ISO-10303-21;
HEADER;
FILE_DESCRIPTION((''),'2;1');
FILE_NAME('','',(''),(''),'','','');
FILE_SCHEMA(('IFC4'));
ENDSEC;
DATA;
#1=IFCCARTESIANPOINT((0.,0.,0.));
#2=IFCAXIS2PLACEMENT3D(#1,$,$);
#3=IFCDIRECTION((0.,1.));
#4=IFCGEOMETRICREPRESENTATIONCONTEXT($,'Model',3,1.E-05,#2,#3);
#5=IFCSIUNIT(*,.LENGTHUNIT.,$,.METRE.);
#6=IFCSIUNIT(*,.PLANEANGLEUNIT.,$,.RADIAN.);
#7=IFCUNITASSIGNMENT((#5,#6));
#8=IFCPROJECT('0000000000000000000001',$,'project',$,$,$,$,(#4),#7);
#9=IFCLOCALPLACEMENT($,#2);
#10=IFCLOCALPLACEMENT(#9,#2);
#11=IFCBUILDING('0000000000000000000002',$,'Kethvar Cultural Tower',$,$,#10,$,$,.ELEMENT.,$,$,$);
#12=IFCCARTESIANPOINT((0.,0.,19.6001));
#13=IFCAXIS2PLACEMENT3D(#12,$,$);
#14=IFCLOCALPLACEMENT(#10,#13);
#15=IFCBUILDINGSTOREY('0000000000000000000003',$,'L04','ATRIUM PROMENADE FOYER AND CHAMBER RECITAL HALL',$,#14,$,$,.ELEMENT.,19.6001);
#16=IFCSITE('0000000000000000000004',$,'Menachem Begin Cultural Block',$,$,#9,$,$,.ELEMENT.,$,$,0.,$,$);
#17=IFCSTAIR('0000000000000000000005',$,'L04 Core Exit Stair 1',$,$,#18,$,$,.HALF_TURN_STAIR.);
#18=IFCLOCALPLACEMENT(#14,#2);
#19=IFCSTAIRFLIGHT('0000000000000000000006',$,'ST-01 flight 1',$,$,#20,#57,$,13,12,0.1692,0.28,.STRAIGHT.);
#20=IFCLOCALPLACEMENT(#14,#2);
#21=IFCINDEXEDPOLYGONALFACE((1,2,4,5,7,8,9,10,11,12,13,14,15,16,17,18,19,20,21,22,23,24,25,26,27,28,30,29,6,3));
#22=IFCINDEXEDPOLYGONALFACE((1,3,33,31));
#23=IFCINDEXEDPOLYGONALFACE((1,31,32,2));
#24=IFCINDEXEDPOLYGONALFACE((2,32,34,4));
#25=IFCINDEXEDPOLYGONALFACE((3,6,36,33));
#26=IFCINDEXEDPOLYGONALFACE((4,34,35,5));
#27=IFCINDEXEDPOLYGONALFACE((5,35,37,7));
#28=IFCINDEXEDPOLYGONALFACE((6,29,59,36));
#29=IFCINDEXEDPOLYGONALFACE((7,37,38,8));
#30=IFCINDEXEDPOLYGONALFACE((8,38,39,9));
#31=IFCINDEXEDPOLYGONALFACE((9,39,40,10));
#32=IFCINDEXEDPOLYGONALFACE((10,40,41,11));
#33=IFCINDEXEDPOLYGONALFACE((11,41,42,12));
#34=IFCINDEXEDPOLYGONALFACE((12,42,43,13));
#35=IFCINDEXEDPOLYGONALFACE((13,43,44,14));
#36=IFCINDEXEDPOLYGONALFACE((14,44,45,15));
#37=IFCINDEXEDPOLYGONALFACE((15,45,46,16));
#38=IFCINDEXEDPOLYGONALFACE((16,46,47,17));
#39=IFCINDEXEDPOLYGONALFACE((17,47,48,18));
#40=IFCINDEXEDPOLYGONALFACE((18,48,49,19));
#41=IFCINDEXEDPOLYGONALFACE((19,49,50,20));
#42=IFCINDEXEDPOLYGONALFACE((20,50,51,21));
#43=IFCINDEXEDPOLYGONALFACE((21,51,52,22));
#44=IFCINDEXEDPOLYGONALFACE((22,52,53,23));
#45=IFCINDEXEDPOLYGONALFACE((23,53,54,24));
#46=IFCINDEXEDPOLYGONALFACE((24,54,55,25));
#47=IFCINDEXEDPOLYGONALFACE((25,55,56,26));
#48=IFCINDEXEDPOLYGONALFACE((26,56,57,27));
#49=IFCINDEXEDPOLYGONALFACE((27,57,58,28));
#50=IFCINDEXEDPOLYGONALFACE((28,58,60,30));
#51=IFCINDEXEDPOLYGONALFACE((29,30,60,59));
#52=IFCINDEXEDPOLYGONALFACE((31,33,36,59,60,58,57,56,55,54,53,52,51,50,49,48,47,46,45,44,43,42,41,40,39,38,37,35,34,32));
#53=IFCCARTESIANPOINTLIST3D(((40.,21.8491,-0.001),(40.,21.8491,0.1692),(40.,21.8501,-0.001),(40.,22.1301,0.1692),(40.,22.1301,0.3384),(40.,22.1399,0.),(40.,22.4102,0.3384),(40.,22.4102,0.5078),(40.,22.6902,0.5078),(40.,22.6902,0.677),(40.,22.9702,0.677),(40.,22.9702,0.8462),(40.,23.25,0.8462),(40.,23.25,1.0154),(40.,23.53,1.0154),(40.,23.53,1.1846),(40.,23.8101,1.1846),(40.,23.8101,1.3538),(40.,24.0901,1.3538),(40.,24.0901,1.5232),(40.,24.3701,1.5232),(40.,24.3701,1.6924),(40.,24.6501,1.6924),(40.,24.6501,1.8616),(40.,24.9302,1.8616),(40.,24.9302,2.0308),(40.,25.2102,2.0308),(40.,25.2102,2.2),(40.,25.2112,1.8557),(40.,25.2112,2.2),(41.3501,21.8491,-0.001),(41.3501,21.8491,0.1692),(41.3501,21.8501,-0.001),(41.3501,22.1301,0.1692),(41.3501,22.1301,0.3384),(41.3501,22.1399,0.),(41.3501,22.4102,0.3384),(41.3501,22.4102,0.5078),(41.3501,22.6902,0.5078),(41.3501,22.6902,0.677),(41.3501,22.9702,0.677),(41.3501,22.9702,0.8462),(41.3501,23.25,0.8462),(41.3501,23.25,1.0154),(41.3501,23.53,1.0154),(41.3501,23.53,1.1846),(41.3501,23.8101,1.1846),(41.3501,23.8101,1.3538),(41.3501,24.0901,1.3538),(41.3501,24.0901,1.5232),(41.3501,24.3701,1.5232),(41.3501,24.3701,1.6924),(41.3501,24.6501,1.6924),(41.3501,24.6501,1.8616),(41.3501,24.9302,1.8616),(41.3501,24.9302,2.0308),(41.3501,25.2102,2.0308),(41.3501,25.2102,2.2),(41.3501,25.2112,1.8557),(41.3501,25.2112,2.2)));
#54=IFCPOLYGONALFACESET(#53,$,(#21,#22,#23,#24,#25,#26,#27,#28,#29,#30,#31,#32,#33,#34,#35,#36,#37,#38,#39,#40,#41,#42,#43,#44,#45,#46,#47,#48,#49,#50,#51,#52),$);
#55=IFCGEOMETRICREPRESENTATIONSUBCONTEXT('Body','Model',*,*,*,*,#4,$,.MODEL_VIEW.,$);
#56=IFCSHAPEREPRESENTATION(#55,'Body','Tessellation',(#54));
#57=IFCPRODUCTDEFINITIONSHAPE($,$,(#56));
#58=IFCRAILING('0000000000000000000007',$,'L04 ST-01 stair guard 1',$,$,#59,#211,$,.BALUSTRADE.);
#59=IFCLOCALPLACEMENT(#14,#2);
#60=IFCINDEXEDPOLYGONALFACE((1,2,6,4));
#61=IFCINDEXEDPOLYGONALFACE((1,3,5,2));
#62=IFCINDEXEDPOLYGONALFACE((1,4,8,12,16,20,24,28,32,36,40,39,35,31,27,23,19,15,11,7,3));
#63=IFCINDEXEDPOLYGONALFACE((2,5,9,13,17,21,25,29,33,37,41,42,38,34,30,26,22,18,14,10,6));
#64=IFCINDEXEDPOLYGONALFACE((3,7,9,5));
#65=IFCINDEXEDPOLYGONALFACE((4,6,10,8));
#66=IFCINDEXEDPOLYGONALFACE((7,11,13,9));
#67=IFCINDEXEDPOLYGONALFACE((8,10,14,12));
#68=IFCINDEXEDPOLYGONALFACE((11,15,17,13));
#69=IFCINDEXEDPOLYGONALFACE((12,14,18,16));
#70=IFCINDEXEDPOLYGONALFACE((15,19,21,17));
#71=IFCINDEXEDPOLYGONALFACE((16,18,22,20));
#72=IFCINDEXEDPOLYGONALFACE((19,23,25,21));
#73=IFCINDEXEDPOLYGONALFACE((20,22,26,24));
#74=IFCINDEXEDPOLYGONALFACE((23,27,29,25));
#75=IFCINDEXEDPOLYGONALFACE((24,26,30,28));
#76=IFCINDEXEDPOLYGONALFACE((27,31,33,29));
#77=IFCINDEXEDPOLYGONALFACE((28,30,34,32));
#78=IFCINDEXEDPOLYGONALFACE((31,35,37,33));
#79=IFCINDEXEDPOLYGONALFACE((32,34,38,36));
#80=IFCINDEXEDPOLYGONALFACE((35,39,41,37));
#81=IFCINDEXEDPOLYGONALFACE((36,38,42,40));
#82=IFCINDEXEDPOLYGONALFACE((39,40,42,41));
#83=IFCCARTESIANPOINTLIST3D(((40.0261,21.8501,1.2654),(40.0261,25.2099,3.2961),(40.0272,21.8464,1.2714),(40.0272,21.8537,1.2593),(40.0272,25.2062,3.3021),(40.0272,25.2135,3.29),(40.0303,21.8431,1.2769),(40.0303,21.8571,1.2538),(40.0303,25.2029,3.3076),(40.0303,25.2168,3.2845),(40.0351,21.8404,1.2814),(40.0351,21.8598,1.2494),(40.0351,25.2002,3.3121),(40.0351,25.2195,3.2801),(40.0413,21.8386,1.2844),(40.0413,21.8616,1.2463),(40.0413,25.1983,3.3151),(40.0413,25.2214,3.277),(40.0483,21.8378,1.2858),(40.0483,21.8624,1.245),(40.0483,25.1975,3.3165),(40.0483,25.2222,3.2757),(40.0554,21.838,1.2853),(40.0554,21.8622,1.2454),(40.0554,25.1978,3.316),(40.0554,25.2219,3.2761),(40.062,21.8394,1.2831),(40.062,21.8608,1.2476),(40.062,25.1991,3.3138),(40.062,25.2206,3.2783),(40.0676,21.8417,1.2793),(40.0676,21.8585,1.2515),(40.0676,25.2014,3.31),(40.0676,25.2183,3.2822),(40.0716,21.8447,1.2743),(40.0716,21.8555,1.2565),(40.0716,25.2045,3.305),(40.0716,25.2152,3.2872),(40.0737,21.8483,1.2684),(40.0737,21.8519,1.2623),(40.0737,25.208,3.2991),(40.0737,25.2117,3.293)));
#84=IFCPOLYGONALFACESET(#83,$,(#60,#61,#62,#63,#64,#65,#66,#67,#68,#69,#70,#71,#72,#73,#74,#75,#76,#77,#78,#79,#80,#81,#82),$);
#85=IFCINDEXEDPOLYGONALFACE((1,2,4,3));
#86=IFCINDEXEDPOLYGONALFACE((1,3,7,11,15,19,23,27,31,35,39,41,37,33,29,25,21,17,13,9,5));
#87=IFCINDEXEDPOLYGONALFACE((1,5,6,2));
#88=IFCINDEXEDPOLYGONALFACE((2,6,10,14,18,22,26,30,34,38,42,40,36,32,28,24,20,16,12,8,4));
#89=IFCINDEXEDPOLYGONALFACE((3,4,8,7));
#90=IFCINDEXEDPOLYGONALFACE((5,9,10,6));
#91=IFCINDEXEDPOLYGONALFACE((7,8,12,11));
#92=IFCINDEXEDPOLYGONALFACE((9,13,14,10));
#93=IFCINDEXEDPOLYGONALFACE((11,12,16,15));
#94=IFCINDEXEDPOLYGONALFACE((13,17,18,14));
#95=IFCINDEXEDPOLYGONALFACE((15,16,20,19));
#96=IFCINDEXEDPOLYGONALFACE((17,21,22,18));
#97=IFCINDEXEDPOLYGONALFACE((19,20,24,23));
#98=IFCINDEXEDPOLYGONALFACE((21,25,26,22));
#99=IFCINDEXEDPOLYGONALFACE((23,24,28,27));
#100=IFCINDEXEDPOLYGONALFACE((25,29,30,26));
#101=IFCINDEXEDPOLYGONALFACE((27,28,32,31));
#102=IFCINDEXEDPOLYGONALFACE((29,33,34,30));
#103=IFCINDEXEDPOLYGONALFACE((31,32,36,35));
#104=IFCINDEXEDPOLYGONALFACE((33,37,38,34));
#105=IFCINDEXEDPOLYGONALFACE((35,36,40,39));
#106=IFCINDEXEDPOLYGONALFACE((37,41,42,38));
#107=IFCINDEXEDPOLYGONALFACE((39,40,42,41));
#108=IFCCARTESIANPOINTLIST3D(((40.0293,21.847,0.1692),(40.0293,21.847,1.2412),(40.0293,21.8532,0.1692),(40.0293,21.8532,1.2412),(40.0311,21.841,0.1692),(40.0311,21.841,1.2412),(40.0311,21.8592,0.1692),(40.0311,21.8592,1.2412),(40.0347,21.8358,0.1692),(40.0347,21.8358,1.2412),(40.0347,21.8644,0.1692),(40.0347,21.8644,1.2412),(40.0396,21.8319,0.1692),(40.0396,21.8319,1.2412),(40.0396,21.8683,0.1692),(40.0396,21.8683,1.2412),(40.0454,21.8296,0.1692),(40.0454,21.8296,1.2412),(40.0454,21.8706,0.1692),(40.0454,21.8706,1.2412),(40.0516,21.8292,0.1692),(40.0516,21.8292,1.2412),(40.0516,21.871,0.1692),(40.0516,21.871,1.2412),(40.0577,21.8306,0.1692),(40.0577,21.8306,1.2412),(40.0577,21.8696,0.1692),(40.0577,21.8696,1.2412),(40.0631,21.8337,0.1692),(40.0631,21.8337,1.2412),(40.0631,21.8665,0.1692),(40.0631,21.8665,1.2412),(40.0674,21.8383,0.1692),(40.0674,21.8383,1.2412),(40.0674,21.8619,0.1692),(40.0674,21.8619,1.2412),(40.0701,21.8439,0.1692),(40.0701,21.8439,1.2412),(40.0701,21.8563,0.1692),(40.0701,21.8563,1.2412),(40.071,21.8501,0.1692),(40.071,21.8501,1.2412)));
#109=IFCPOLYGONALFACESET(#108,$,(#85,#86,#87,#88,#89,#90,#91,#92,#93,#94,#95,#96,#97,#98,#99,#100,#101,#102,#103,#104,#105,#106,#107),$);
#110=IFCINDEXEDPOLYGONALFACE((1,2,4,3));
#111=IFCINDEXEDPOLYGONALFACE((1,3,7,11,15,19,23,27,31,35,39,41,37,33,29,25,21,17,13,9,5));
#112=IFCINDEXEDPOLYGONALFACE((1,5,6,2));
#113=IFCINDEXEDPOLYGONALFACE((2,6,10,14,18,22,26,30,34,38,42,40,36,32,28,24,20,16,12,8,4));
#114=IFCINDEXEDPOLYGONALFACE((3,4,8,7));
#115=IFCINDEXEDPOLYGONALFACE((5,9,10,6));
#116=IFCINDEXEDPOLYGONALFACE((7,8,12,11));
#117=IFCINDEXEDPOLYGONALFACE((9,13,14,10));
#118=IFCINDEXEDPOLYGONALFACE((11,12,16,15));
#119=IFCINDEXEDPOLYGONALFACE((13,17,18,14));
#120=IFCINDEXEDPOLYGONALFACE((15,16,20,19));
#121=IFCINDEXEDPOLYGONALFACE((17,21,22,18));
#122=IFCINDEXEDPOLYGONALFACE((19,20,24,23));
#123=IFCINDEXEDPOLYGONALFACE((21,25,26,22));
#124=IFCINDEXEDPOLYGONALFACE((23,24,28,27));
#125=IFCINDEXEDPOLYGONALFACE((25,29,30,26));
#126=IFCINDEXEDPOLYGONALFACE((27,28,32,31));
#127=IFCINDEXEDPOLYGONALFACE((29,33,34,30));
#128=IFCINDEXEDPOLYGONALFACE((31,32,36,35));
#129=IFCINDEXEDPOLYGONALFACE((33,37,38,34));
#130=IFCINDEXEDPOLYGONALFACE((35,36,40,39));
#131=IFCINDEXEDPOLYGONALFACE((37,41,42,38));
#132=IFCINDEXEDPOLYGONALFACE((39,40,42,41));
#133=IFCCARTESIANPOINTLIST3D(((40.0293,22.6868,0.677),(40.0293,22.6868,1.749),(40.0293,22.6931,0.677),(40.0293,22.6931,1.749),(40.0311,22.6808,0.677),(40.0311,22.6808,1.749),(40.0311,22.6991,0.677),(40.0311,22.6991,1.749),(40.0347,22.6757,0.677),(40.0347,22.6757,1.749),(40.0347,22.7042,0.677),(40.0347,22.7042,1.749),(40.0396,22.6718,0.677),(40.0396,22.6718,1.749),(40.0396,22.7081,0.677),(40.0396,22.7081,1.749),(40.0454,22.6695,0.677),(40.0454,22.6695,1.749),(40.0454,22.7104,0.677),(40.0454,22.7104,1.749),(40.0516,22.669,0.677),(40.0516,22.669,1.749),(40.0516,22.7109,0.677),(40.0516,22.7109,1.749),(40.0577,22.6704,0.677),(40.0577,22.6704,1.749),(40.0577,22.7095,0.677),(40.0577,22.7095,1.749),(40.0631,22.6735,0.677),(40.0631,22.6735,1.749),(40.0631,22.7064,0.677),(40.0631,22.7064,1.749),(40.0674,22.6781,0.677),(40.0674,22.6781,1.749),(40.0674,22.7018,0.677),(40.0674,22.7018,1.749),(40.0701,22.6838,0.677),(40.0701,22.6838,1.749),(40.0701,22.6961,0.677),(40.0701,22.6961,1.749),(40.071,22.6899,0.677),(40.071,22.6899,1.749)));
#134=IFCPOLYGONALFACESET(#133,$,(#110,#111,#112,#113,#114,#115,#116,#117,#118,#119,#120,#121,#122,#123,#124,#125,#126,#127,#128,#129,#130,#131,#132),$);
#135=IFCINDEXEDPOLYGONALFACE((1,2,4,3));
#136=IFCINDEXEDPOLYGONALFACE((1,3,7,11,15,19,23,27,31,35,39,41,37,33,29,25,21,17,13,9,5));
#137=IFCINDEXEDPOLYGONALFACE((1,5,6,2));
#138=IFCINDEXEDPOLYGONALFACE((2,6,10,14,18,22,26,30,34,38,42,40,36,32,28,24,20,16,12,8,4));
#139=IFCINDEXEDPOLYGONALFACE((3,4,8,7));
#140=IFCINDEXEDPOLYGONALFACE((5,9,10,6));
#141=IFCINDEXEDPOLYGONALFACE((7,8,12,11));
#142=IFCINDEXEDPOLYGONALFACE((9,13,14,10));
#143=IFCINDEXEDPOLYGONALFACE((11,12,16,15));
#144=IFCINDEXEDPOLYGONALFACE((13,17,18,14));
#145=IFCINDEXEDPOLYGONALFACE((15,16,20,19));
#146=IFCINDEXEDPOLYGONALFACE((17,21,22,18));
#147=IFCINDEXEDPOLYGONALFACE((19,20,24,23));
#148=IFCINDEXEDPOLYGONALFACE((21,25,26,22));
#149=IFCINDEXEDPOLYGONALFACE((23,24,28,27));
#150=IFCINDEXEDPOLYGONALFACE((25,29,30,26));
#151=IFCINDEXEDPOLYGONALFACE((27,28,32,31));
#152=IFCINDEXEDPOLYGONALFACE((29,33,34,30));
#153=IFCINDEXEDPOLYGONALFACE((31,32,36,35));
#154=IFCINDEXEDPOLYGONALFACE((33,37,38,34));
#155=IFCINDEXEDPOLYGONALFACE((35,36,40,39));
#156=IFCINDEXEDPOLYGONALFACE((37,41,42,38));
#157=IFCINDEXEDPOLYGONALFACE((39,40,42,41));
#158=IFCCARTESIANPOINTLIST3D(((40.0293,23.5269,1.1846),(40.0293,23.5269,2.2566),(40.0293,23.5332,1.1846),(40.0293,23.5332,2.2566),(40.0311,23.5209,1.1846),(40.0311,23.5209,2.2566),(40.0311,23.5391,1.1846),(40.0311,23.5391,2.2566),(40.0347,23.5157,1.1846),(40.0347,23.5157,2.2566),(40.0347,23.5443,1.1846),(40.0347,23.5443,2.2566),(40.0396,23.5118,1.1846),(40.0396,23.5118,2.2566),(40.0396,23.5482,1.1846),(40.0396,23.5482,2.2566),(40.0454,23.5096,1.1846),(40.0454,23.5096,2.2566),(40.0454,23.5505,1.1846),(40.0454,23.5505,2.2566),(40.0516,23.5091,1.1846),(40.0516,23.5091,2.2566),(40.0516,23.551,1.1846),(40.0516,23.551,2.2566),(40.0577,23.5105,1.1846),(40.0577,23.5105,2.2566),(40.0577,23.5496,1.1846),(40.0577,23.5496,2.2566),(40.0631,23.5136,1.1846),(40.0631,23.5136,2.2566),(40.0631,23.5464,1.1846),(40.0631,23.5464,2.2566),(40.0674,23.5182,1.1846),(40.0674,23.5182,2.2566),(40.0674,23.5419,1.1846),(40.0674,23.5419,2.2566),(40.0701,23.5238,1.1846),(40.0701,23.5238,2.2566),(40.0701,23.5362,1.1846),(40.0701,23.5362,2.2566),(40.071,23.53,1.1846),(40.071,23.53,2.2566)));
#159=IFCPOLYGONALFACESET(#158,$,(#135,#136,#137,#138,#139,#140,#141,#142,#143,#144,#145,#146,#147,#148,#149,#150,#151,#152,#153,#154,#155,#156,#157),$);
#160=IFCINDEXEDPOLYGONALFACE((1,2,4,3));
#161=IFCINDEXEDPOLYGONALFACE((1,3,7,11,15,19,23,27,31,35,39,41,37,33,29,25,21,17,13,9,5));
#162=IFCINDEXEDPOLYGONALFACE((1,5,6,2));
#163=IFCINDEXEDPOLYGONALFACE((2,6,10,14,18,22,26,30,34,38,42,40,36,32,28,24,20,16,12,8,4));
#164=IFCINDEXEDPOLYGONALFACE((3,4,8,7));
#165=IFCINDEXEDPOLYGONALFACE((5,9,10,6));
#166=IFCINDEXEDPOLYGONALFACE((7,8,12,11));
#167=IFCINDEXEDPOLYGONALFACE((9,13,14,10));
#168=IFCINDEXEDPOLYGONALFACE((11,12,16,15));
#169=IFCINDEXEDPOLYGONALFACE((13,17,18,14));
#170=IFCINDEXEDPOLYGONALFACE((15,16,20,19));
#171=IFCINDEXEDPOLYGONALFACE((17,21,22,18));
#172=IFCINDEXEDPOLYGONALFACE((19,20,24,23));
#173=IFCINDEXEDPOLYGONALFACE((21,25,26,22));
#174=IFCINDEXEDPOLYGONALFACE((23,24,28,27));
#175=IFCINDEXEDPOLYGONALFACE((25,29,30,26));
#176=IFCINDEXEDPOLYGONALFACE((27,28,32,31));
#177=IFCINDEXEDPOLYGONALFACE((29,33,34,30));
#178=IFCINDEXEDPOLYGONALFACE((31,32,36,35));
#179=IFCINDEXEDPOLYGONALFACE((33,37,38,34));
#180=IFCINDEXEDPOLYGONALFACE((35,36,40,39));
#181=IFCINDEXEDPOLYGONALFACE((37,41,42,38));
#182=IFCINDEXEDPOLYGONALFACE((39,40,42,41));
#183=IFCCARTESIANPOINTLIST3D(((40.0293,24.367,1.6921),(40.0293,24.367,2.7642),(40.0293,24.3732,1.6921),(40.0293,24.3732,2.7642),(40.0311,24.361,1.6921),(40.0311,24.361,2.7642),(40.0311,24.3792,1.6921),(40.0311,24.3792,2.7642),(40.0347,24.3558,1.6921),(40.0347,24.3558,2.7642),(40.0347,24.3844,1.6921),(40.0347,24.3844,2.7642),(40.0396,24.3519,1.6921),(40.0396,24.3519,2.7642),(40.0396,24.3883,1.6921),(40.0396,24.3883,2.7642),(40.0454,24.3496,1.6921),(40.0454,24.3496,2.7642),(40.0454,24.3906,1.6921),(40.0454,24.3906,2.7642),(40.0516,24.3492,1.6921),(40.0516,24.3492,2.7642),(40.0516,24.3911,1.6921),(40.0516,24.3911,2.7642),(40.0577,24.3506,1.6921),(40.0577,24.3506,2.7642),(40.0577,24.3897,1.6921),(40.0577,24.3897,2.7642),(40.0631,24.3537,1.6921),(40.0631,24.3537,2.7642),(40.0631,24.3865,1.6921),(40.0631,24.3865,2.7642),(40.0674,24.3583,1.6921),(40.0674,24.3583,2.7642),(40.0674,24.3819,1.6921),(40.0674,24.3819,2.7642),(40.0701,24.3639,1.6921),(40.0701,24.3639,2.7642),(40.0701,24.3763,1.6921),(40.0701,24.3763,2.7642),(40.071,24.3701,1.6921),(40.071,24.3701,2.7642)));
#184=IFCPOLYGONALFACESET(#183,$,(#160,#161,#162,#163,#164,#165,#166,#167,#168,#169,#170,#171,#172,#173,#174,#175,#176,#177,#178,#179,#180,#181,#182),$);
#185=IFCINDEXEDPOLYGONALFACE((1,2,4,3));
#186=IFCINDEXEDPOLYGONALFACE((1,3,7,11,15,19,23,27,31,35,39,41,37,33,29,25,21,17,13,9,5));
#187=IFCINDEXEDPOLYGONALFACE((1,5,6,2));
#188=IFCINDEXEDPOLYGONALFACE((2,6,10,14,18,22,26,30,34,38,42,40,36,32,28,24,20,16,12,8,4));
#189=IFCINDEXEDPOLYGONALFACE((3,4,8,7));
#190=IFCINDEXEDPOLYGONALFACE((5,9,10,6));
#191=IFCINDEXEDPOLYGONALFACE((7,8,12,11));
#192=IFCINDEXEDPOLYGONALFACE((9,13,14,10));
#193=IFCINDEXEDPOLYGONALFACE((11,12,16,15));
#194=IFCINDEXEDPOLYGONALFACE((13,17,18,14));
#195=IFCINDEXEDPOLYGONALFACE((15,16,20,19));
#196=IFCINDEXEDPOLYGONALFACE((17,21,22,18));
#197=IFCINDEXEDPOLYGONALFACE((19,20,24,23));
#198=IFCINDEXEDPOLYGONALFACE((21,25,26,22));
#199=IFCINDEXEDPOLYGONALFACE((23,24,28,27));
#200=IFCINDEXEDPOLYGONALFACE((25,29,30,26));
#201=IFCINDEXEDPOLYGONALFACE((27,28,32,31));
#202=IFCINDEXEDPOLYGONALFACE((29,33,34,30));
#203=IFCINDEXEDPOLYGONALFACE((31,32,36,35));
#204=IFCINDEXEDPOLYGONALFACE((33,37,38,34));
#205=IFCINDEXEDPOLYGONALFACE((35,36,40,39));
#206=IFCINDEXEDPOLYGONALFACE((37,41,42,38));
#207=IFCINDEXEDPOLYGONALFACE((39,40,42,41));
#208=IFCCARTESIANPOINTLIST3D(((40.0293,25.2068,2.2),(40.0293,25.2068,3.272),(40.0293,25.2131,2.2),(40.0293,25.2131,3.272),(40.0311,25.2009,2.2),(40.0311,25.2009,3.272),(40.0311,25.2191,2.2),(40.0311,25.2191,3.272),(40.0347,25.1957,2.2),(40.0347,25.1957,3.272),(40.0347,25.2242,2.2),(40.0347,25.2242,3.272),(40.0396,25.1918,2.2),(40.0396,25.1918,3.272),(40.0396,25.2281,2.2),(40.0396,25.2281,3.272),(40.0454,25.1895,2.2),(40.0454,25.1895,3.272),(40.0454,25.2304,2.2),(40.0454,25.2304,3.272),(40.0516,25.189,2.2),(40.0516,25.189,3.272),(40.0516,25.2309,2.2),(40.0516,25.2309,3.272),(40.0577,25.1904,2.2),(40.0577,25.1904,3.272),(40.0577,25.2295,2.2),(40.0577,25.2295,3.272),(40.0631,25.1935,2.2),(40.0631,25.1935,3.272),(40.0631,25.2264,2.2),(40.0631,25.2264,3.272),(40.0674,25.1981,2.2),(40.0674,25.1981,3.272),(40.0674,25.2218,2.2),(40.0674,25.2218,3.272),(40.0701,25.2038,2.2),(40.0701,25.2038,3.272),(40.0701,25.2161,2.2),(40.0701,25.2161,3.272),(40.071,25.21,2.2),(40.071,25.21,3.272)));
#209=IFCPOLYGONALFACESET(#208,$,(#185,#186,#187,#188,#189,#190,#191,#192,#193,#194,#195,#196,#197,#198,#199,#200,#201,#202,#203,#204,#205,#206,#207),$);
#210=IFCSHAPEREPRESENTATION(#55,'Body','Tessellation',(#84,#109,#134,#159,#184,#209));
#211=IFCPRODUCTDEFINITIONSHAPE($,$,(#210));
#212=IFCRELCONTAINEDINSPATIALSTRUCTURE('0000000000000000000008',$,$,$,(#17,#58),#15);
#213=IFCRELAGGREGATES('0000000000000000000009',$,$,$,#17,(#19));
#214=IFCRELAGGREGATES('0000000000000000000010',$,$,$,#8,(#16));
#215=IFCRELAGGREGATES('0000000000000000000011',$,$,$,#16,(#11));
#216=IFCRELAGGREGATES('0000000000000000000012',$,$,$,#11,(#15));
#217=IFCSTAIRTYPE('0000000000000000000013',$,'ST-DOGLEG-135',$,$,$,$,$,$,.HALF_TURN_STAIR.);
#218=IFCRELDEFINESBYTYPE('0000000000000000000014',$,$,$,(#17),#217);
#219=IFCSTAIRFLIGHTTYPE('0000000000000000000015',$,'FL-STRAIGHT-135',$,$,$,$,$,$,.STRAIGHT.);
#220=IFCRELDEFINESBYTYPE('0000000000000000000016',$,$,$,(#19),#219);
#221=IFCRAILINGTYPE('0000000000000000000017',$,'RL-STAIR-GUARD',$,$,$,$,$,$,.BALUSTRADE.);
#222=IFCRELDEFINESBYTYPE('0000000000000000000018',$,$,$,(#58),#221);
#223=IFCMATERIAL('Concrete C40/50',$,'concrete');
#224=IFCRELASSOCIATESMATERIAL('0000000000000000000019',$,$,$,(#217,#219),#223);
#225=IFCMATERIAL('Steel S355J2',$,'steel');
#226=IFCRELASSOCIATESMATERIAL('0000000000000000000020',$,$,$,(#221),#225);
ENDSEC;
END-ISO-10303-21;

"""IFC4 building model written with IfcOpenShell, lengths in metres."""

from ifc_helpers import new_model, si_unit, direction, frame, origin, origin_2d, place, context, subcontext, project, spatial, polyline, circle, outline, extrude, material, type_object, element, aggregate, save


model = new_model("IFC4")

# Units and contexts
model_context = context("Model", 3, precision=1e-05, world=origin(), true_north=direction((0.0, 1.0)))
body_context = subcontext(model_context, "Body", "Model", "MODEL_VIEW")
ifc_project = project(units=[si_unit("LENGTHUNIT", "METRE"), si_unit("PLANEANGLEUNIT", "RADIAN")], contexts=[model_context])

# Site, building, storey
site_placement = place(None, origin())
site = spatial("IfcSite", under=ifc_project, at=site_placement, Name="Menachem Begin Cultural Block", CompositionType="ELEMENT", RefElevation=0.0)
building_placement = place(site_placement, origin())
building = spatial("IfcBuilding", under=site, at=building_placement, Name="Kethvar Cultural Tower", CompositionType="ELEMENT")
storey_placement = place(building_placement, frame((0.0, 0.0, 19.6001)))
storey = spatial("IfcBuildingStorey", under=building, at=storey_placement, Name="L04", Description="ATRIUM PROMENADE FOYER AND CHAMBER RECITAL HALL", CompositionType="ELEMENT", Elevation=19.6001)

# Shared definitions
ifc_material_1 = material(Name="Steel S355J2", Category="steel")

# Stair, stair flight
ifc_material_2 = material(Name="Concrete C40/50", Category="concrete")
stair_type = type_object("IfcStairType", Name="ST-DOGLEG-135", PredefinedType="HALF_TURN_STAIR", material=ifc_material_2)
stair_placement = place(storey_placement, origin())
stair = element("IfcStair", 1, at=stair_placement, inside=storey, type_object=stair_type, Name="L04 Core Exit Stair 1", PredefinedType="HALF_TURN_STAIR")
stair_flight_type = type_object("IfcStairFlightType", Name="FL-STRAIGHT-135", PredefinedType="STRAIGHT", material=ifc_material_2)
stair_flight_placement = place(storey_placement, frame((40.675, 21.8501, 0.0), z_axis=(0.0, 0.0, 1.0), x_axis=(0.0, 1.0, 0.0)))
stair_flight = element("IfcStairFlight", 2, at=stair_flight_placement, type_object=stair_flight_type, Name="ST-01 flight 1", NumberOfRisers=13, NumberOfTreads=12, PredefinedType="STRAIGHT", RiserHeight=0.1692, TreadLength=0.28, context=body_context, shape_type="SweptSolid", body=[
    extrude(outline(polyline([(-0.001, -0.001), (-0.001, 0.1692), (0.28, 0.1692), (0.28, 0.3384), (0.5601, 0.3384), (0.5601, 0.5078), (0.8401, 0.5078), (0.8401, 0.677), (1.1201, 0.677), (1.1201, 0.8462), (1.3999, 0.8462), (1.3999, 1.0154), (1.6799, 1.0154), (1.6799, 1.1846), (1.96, 1.1846), (1.96, 1.3538), (2.24, 1.3538), (2.24, 1.5232), (2.52, 1.5232), (2.52, 1.6924), (2.8, 1.6924), (2.8, 1.8616), (3.0801, 1.8616), (3.0801, 2.0308), (3.3601, 2.0308), (3.3601, 2.2), (3.3611, 2.2), (3.3611, 1.8557), (0.2898, 0.0), (0.0, -0.001), (-0.001, -0.001)])), frame((0.0, 0.675, 0.0), z_axis=(0.0, -1.0, 0.0), x_axis=(1.0, 0.0, 0.0)), (0.0, 0.0, 1.0), 1.3501),
])
aggregate(stair, [stair_flight])

# Railing
railing_type_1 = type_object("IfcRailingType", Name="RL-STAIR-GUARD", PredefinedType="BALUSTRADE", material=ifc_material_1)
railing_1_placement = place(storey_placement, frame((40.05, 21.8501, 0.1692)))
element("IfcRailing", 3, at=railing_1_placement, inside=storey, type_object=railing_type_1, Name="L04 ST-01 stair guard 1", PredefinedType="BALUSTRADE", context=body_context, shape_type="SweptSolid", body=[
    extrude(circle(Radius=0.0239, at=origin_2d()), frame((0.0, 0.0, 1.0962), z_axis=(0.0, 0.85582, 0.517273), x_axis=(-1.0, 0.0, 0.0)), (0.0, 0.0, 1.0), 3.9258),
    extrude(circle(Radius=0.021, at=origin_2d()), origin(), (0.0, 0.0, 1.0), 1.072),
    extrude(circle(Radius=0.021, at=origin_2d()), frame((0.0, 0.8398, 0.5078)), (0.0, 0.0, 1.0), 1.072),
    extrude(circle(Radius=0.021, at=origin_2d()), frame((0.0, 1.6799, 1.0154)), (0.0, 0.0, 1.0), 1.072),
    extrude(circle(Radius=0.021, at=origin_2d()), frame((0.0, 2.52, 1.5229)), (0.0, 0.0, 1.0), 1.072),
    extrude(circle(Radius=0.021, at=origin_2d()), frame((0.0, 3.3599, 2.0308)), (0.0, 0.0, 1.0), 1.072),
])

save(model, "model.ifc")
